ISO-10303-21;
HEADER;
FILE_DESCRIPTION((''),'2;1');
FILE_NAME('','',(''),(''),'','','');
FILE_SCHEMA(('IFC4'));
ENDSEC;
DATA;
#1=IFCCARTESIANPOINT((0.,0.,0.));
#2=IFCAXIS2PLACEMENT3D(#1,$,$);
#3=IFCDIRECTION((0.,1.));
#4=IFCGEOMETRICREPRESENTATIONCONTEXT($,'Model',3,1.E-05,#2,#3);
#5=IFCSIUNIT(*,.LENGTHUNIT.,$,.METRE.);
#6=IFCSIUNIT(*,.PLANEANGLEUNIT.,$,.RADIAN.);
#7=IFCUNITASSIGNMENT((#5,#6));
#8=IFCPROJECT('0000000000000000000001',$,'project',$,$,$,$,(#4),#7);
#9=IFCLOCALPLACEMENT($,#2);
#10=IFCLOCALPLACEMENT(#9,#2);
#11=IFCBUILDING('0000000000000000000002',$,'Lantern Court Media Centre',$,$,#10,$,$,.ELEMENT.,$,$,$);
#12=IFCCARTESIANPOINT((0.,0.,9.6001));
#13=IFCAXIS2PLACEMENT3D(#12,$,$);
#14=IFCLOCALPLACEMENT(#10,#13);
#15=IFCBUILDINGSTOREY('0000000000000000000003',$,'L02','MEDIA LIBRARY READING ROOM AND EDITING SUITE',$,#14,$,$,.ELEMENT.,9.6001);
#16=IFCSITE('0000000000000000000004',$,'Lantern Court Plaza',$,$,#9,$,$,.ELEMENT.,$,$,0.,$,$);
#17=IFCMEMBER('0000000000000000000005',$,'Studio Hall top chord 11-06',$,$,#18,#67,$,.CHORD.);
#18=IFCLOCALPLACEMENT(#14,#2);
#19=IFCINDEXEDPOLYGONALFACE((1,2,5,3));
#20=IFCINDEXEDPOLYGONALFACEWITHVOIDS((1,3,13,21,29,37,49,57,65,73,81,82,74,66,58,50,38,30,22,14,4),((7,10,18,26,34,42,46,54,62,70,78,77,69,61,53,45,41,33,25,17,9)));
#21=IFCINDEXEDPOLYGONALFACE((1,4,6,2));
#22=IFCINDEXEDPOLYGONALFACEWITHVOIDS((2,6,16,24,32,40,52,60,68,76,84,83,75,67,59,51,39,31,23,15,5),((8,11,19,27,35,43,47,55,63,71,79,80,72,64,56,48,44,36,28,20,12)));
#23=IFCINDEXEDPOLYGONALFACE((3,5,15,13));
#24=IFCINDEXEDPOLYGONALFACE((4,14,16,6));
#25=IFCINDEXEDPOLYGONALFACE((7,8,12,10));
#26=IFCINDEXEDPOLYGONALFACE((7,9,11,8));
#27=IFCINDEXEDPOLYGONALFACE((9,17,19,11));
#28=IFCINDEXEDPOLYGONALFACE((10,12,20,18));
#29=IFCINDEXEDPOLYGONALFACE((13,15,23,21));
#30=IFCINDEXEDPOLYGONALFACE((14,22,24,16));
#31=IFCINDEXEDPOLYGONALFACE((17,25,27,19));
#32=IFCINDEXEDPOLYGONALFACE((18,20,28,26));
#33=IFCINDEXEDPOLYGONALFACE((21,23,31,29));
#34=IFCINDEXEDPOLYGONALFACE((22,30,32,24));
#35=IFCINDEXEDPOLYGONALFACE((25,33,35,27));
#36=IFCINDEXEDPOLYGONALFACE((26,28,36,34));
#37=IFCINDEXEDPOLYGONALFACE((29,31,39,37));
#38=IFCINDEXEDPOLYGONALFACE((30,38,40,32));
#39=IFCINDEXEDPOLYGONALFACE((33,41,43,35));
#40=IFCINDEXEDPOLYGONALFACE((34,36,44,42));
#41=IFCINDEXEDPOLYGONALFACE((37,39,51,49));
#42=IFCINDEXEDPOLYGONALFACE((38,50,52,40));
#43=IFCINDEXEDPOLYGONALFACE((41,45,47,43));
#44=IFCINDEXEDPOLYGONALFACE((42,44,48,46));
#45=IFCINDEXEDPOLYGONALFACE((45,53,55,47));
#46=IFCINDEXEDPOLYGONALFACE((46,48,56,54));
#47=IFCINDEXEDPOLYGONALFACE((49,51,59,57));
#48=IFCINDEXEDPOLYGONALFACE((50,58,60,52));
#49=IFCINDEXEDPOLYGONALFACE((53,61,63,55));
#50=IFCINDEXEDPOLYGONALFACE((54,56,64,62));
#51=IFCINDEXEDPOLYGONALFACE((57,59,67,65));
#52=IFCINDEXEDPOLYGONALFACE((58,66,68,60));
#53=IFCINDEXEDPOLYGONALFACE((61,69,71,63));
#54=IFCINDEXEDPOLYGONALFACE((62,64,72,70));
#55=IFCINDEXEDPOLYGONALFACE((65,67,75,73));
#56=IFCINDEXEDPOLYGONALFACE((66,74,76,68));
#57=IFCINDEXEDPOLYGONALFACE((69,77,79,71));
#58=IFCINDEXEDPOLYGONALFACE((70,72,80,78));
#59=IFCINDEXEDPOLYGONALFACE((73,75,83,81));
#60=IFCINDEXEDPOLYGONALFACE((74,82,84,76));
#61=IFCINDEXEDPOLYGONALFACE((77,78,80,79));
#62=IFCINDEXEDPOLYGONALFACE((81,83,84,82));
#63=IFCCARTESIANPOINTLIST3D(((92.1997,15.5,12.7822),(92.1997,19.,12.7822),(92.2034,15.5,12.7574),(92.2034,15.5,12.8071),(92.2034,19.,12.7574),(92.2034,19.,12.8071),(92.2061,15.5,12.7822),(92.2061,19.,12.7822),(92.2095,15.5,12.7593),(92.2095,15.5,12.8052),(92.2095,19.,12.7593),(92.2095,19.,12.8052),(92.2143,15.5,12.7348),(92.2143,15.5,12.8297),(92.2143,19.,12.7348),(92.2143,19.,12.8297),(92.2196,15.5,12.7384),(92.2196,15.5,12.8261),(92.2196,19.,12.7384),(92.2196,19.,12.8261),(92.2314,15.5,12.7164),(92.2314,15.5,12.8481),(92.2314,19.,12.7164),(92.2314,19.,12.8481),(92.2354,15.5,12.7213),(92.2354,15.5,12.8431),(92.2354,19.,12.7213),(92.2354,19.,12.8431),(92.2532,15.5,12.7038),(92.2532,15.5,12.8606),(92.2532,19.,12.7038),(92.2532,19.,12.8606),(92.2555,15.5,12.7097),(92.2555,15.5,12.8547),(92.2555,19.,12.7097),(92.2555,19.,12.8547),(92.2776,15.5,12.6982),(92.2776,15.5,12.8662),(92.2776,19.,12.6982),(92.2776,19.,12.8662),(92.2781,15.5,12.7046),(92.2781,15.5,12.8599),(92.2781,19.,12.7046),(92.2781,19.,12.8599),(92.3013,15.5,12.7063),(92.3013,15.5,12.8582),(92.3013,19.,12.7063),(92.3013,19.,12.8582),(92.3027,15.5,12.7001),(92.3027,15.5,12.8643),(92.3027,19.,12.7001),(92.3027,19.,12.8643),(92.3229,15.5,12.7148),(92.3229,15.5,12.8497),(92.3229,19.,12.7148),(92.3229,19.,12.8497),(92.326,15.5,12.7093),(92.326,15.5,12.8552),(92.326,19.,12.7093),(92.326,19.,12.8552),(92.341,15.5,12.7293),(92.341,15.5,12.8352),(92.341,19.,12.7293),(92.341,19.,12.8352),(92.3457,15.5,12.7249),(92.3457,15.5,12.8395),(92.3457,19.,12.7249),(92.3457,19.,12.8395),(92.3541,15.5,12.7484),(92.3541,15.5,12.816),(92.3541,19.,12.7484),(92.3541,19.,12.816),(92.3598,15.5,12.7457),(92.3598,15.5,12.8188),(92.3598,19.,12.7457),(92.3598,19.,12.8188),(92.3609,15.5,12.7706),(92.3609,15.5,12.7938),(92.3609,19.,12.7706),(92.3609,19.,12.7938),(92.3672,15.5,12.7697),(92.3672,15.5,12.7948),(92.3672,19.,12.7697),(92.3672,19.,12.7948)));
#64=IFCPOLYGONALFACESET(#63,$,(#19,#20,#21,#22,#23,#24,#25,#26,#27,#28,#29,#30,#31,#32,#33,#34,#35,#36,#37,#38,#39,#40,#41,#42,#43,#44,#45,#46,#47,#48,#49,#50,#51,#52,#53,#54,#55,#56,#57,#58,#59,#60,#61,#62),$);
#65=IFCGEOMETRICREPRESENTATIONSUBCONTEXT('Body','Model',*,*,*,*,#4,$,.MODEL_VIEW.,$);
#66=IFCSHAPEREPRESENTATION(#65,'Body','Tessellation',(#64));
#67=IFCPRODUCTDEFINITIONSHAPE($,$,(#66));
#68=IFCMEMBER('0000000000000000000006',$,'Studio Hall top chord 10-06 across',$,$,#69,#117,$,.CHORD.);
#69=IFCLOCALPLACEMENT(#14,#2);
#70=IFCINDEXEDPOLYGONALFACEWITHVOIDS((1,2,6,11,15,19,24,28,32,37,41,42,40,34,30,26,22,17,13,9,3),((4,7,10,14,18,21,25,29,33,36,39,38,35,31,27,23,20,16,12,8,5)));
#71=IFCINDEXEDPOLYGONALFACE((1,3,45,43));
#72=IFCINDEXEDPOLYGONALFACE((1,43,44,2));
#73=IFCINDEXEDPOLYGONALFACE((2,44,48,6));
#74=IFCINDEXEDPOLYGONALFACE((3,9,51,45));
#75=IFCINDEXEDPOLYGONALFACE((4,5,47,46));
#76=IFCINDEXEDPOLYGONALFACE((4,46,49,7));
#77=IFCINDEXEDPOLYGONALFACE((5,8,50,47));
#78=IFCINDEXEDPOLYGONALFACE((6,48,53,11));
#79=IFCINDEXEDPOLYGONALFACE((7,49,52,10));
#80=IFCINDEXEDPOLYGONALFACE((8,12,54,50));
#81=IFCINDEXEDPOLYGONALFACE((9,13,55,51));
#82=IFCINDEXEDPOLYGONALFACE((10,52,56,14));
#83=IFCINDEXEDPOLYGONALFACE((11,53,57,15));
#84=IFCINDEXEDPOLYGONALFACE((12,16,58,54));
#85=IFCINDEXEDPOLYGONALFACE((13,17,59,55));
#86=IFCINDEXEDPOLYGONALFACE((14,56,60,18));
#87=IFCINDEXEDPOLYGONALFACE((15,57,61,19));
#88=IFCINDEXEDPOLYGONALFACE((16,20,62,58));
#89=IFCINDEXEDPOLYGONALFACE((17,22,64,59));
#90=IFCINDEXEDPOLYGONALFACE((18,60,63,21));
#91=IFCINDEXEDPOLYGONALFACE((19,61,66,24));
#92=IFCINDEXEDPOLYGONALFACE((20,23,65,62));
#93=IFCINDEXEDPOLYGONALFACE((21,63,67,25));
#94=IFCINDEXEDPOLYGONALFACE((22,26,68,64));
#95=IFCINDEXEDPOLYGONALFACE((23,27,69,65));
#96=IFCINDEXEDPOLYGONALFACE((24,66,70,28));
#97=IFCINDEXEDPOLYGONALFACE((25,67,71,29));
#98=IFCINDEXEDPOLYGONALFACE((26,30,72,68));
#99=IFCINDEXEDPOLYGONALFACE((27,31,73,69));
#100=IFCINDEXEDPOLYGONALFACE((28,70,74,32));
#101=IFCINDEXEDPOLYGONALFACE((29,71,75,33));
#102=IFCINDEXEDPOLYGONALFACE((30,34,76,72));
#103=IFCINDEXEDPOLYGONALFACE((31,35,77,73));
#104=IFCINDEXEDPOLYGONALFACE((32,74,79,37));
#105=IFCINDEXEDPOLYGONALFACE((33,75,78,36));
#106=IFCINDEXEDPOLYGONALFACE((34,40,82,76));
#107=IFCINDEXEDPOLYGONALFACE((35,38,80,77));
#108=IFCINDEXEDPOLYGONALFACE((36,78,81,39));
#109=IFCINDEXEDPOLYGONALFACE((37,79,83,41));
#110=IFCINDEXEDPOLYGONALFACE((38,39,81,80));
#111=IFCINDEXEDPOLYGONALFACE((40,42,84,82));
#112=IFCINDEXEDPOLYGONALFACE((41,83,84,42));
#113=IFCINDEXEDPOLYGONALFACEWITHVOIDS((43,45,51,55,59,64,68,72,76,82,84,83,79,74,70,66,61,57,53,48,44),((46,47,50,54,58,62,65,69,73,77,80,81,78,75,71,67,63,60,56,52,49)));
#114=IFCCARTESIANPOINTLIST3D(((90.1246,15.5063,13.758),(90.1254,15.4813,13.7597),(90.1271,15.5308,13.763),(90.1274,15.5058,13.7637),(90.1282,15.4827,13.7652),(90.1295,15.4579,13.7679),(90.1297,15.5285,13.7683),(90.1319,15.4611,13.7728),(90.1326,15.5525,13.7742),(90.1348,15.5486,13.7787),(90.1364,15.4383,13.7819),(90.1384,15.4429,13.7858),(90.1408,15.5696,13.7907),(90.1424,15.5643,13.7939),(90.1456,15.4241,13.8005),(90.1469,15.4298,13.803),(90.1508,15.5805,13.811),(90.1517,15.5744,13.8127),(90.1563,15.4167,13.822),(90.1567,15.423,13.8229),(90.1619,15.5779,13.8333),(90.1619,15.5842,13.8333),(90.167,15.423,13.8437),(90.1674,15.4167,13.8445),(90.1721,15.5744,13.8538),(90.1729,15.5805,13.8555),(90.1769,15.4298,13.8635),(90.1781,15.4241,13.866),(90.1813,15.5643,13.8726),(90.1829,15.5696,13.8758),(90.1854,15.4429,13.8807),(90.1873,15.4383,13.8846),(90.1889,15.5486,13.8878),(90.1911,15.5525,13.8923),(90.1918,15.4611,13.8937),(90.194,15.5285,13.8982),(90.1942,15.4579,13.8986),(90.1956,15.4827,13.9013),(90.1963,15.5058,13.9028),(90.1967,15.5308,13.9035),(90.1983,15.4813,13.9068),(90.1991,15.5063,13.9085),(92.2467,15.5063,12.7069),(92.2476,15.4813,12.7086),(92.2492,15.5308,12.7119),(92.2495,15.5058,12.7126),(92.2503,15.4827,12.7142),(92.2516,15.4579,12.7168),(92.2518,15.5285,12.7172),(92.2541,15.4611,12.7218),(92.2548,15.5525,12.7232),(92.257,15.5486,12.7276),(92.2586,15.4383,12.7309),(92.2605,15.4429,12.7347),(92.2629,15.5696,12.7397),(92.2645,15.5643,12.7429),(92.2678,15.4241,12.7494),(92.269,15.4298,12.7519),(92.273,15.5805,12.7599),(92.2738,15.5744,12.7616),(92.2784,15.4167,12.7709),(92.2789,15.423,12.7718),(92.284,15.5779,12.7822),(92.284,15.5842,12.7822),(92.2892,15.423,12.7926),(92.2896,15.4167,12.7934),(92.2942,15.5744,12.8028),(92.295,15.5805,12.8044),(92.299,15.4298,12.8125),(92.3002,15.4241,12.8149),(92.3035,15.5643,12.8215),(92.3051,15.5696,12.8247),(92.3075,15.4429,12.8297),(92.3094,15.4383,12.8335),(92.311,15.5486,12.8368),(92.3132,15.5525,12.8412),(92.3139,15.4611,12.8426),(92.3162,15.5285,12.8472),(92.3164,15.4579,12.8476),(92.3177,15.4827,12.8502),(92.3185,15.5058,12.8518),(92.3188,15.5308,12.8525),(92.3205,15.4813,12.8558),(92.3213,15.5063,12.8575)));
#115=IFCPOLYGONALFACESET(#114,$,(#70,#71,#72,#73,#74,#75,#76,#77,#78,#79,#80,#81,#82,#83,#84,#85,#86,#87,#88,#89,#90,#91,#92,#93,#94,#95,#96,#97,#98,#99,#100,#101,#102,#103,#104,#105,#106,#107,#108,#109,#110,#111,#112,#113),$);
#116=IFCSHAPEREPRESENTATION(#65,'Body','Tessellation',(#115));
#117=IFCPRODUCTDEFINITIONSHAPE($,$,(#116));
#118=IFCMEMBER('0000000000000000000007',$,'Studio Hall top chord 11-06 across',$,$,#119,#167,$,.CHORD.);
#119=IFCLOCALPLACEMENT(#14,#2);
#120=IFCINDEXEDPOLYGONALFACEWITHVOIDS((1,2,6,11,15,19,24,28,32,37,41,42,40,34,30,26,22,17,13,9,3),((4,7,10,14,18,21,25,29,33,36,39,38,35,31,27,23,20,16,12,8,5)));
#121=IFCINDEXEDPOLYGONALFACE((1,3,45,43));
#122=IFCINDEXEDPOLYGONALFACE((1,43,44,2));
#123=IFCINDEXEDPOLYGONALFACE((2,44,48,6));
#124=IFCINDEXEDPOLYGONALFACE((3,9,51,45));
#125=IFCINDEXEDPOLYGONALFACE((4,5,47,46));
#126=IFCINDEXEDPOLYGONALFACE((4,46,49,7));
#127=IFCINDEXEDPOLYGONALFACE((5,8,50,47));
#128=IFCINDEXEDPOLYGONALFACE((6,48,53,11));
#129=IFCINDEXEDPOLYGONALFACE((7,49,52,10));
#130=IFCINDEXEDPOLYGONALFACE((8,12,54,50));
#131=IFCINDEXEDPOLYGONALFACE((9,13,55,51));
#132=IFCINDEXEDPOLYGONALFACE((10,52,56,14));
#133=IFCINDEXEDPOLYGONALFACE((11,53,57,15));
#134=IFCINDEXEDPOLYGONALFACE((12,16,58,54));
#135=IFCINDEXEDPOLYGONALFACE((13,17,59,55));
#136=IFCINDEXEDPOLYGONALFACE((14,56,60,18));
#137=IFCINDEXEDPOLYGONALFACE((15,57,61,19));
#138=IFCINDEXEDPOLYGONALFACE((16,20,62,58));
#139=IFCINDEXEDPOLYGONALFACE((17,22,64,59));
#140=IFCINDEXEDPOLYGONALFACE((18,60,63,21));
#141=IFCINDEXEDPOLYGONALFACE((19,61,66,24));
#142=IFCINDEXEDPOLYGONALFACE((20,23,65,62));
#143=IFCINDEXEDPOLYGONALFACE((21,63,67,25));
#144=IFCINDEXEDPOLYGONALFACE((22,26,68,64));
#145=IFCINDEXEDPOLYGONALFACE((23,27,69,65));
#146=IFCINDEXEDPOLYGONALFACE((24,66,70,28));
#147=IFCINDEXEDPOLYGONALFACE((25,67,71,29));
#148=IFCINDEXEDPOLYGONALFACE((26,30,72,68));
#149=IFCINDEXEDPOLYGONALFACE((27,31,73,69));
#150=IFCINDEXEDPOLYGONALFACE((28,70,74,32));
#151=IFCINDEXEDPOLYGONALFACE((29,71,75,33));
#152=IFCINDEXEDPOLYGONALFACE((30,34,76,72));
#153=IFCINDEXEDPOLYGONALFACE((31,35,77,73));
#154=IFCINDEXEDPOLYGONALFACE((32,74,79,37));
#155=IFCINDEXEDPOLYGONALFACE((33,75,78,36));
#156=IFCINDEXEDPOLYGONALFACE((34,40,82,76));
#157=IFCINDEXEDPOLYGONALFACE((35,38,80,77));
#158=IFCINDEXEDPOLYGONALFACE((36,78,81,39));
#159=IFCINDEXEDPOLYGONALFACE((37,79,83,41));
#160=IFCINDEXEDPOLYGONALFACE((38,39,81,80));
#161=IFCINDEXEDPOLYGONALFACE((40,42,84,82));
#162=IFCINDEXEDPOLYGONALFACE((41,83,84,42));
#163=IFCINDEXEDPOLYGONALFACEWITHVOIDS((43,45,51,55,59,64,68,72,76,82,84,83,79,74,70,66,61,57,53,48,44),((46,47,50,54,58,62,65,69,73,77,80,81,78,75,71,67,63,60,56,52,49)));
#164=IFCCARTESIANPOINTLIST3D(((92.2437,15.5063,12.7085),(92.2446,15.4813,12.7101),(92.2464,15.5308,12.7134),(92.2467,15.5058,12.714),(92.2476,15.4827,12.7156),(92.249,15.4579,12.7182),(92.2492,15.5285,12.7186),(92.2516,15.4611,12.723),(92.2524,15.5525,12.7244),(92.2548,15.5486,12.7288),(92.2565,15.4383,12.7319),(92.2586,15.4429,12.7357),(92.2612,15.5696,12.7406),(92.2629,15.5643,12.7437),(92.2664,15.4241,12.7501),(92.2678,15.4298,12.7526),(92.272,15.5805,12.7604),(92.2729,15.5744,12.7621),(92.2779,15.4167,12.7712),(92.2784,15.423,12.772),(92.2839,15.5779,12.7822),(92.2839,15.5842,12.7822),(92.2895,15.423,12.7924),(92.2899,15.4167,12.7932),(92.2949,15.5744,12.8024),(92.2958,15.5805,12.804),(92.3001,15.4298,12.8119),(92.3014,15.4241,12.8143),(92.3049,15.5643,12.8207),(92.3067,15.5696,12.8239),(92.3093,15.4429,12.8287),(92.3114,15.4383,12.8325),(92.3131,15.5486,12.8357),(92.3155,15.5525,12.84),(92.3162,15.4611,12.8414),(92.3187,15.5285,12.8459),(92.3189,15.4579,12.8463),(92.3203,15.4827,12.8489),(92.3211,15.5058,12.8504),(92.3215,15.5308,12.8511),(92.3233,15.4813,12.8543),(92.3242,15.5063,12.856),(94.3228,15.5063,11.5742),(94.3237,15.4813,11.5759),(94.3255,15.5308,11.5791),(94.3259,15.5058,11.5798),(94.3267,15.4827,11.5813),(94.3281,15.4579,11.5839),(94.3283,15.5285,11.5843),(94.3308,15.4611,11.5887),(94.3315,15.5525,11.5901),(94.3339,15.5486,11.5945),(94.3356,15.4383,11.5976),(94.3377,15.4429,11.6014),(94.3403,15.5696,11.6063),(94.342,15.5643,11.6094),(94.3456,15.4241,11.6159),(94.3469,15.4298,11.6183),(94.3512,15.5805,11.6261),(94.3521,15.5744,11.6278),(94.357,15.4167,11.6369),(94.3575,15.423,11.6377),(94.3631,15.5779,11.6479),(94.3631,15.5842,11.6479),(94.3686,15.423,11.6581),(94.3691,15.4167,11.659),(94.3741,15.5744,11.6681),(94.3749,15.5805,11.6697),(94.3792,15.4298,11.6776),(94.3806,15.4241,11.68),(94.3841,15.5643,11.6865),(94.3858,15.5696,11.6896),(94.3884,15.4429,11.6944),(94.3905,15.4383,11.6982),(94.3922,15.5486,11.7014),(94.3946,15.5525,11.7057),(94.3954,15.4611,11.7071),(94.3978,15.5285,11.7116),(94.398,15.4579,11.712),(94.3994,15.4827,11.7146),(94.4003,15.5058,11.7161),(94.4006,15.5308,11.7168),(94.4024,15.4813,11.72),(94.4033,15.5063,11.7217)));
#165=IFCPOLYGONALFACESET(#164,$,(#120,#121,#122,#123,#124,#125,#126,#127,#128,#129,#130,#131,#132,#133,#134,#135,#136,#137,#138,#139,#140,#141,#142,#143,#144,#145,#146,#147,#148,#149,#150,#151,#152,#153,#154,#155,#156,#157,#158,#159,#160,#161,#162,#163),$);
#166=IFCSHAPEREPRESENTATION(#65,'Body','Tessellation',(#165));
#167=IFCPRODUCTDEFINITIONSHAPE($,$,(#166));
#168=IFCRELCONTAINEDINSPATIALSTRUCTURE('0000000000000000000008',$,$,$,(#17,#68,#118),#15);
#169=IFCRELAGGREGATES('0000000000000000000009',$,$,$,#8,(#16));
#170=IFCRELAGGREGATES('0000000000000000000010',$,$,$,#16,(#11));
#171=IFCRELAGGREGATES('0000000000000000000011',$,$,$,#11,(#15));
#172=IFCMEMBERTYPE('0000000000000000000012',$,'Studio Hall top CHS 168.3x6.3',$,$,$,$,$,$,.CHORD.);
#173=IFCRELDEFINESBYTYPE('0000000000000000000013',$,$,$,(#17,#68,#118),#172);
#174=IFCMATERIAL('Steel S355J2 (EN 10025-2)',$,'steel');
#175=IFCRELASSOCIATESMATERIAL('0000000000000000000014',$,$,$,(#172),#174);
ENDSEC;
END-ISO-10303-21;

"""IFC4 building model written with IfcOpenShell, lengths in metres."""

from ifc_helpers import new_model, si_unit, direction, frame, origin, origin_2d, place, context, subcontext, project, spatial, hollow_circle, extrude, material, material_profile, profile_set, type_object, element, save


model = new_model("IFC4")

# Units and contexts
model_context = context("Model", 3, precision=1e-05, world=origin(), true_north=direction((0.0, 1.0)))
body_context = subcontext(model_context, "Body", "Model", "MODEL_VIEW")
ifc_project = project(units=[si_unit("LENGTHUNIT", "METRE"), si_unit("PLANEANGLEUNIT", "RADIAN")], contexts=[model_context])

# Site, building, storey
site_placement = place(None, origin())
site = spatial("IfcSite", under=ifc_project, at=site_placement, Name="Lantern Court Plaza", CompositionType="ELEMENT", RefElevation=0.0)
building_placement = place(site_placement, origin())
building = spatial("IfcBuilding", under=site, at=building_placement, Name="Lantern Court Media Centre", CompositionType="ELEMENT")
storey_placement = place(building_placement, frame((0.0, 0.0, 9.6001)))
storey = spatial("IfcBuildingStorey", under=building, at=storey_placement, Name="L02", Description="MEDIA LIBRARY READING ROOM AND EDITING SUITE", CompositionType="ELEMENT", Elevation=9.6001)

# Members
ifc_material = material(Name="Steel S355J2 (EN 10025-2)", Category="steel")
ifc_material_profile_1 = material_profile(ifc_material, hollow_circle(Radius=0.0842, WallThickness=0.0063, at=origin_2d()), Name="Studio Hall top CHS 168.3x6.3")
ifc_profile_set_1 = profile_set([ifc_material_profile_1], Name="Steel S355J2 (EN 10025-2)")
member_type_1 = type_object("IfcMemberType", Name="Studio Hall top CHS 168.3x6.3", PredefinedType="CHORD", material=ifc_profile_set_1)
member_1_placement = place(storey_placement, frame((92.2839, 15.5, 12.7822), z_axis=(0.0, 1.0, 0.0), x_axis=(-1.0, 0.0, 0.0)))
element("IfcMember", 1, at=member_1_placement, inside=storey, type_object=member_type_1, Name="Studio Hall top chord 11-06", PredefinedType="CHORD", context=body_context, shape_type="SweptSolid", body=[
    extrude(hollow_circle(Radius=0.0842, WallThickness=0.0063, at=origin_2d()), origin(), (0.0, 0.0, 1.0), 3.5),
])
member_2_placement = place(storey_placement, frame((90.1619, 15.5, 13.8333), z_axis=(0.896112, 0.0, -0.443829), x_axis=(0.0, 1.0, 0.0)))
element("IfcMember", 2, at=member_2_placement, inside=storey, type_object=member_type_1, Name="Studio Hall top chord 10-06 across", PredefinedType="CHORD", context=body_context, shape_type="SweptSolid", body=[
    extrude(hollow_circle(Radius=0.0842, WallThickness=0.0063, at=origin_2d()), origin(), (0.0, 0.0, 1.0), 2.3682),
])
member_3_placement = place(storey_placement, frame((92.2839, 15.5, 12.7822), z_axis=(0.877856, 0.0, -0.478924), x_axis=(0.0, 1.0, 0.0)))
element("IfcMember", 3, at=member_3_placement, inside=storey, type_object=member_type_1, Name="Studio Hall top chord 11-06 across", PredefinedType="CHORD", context=body_context, shape_type="SweptSolid", body=[
    extrude(hollow_circle(Radius=0.0842, WallThickness=0.0063, at=origin_2d()), origin(), (0.0, 0.0, 1.0), 2.3684),
])

save(model, "model.ifc")
